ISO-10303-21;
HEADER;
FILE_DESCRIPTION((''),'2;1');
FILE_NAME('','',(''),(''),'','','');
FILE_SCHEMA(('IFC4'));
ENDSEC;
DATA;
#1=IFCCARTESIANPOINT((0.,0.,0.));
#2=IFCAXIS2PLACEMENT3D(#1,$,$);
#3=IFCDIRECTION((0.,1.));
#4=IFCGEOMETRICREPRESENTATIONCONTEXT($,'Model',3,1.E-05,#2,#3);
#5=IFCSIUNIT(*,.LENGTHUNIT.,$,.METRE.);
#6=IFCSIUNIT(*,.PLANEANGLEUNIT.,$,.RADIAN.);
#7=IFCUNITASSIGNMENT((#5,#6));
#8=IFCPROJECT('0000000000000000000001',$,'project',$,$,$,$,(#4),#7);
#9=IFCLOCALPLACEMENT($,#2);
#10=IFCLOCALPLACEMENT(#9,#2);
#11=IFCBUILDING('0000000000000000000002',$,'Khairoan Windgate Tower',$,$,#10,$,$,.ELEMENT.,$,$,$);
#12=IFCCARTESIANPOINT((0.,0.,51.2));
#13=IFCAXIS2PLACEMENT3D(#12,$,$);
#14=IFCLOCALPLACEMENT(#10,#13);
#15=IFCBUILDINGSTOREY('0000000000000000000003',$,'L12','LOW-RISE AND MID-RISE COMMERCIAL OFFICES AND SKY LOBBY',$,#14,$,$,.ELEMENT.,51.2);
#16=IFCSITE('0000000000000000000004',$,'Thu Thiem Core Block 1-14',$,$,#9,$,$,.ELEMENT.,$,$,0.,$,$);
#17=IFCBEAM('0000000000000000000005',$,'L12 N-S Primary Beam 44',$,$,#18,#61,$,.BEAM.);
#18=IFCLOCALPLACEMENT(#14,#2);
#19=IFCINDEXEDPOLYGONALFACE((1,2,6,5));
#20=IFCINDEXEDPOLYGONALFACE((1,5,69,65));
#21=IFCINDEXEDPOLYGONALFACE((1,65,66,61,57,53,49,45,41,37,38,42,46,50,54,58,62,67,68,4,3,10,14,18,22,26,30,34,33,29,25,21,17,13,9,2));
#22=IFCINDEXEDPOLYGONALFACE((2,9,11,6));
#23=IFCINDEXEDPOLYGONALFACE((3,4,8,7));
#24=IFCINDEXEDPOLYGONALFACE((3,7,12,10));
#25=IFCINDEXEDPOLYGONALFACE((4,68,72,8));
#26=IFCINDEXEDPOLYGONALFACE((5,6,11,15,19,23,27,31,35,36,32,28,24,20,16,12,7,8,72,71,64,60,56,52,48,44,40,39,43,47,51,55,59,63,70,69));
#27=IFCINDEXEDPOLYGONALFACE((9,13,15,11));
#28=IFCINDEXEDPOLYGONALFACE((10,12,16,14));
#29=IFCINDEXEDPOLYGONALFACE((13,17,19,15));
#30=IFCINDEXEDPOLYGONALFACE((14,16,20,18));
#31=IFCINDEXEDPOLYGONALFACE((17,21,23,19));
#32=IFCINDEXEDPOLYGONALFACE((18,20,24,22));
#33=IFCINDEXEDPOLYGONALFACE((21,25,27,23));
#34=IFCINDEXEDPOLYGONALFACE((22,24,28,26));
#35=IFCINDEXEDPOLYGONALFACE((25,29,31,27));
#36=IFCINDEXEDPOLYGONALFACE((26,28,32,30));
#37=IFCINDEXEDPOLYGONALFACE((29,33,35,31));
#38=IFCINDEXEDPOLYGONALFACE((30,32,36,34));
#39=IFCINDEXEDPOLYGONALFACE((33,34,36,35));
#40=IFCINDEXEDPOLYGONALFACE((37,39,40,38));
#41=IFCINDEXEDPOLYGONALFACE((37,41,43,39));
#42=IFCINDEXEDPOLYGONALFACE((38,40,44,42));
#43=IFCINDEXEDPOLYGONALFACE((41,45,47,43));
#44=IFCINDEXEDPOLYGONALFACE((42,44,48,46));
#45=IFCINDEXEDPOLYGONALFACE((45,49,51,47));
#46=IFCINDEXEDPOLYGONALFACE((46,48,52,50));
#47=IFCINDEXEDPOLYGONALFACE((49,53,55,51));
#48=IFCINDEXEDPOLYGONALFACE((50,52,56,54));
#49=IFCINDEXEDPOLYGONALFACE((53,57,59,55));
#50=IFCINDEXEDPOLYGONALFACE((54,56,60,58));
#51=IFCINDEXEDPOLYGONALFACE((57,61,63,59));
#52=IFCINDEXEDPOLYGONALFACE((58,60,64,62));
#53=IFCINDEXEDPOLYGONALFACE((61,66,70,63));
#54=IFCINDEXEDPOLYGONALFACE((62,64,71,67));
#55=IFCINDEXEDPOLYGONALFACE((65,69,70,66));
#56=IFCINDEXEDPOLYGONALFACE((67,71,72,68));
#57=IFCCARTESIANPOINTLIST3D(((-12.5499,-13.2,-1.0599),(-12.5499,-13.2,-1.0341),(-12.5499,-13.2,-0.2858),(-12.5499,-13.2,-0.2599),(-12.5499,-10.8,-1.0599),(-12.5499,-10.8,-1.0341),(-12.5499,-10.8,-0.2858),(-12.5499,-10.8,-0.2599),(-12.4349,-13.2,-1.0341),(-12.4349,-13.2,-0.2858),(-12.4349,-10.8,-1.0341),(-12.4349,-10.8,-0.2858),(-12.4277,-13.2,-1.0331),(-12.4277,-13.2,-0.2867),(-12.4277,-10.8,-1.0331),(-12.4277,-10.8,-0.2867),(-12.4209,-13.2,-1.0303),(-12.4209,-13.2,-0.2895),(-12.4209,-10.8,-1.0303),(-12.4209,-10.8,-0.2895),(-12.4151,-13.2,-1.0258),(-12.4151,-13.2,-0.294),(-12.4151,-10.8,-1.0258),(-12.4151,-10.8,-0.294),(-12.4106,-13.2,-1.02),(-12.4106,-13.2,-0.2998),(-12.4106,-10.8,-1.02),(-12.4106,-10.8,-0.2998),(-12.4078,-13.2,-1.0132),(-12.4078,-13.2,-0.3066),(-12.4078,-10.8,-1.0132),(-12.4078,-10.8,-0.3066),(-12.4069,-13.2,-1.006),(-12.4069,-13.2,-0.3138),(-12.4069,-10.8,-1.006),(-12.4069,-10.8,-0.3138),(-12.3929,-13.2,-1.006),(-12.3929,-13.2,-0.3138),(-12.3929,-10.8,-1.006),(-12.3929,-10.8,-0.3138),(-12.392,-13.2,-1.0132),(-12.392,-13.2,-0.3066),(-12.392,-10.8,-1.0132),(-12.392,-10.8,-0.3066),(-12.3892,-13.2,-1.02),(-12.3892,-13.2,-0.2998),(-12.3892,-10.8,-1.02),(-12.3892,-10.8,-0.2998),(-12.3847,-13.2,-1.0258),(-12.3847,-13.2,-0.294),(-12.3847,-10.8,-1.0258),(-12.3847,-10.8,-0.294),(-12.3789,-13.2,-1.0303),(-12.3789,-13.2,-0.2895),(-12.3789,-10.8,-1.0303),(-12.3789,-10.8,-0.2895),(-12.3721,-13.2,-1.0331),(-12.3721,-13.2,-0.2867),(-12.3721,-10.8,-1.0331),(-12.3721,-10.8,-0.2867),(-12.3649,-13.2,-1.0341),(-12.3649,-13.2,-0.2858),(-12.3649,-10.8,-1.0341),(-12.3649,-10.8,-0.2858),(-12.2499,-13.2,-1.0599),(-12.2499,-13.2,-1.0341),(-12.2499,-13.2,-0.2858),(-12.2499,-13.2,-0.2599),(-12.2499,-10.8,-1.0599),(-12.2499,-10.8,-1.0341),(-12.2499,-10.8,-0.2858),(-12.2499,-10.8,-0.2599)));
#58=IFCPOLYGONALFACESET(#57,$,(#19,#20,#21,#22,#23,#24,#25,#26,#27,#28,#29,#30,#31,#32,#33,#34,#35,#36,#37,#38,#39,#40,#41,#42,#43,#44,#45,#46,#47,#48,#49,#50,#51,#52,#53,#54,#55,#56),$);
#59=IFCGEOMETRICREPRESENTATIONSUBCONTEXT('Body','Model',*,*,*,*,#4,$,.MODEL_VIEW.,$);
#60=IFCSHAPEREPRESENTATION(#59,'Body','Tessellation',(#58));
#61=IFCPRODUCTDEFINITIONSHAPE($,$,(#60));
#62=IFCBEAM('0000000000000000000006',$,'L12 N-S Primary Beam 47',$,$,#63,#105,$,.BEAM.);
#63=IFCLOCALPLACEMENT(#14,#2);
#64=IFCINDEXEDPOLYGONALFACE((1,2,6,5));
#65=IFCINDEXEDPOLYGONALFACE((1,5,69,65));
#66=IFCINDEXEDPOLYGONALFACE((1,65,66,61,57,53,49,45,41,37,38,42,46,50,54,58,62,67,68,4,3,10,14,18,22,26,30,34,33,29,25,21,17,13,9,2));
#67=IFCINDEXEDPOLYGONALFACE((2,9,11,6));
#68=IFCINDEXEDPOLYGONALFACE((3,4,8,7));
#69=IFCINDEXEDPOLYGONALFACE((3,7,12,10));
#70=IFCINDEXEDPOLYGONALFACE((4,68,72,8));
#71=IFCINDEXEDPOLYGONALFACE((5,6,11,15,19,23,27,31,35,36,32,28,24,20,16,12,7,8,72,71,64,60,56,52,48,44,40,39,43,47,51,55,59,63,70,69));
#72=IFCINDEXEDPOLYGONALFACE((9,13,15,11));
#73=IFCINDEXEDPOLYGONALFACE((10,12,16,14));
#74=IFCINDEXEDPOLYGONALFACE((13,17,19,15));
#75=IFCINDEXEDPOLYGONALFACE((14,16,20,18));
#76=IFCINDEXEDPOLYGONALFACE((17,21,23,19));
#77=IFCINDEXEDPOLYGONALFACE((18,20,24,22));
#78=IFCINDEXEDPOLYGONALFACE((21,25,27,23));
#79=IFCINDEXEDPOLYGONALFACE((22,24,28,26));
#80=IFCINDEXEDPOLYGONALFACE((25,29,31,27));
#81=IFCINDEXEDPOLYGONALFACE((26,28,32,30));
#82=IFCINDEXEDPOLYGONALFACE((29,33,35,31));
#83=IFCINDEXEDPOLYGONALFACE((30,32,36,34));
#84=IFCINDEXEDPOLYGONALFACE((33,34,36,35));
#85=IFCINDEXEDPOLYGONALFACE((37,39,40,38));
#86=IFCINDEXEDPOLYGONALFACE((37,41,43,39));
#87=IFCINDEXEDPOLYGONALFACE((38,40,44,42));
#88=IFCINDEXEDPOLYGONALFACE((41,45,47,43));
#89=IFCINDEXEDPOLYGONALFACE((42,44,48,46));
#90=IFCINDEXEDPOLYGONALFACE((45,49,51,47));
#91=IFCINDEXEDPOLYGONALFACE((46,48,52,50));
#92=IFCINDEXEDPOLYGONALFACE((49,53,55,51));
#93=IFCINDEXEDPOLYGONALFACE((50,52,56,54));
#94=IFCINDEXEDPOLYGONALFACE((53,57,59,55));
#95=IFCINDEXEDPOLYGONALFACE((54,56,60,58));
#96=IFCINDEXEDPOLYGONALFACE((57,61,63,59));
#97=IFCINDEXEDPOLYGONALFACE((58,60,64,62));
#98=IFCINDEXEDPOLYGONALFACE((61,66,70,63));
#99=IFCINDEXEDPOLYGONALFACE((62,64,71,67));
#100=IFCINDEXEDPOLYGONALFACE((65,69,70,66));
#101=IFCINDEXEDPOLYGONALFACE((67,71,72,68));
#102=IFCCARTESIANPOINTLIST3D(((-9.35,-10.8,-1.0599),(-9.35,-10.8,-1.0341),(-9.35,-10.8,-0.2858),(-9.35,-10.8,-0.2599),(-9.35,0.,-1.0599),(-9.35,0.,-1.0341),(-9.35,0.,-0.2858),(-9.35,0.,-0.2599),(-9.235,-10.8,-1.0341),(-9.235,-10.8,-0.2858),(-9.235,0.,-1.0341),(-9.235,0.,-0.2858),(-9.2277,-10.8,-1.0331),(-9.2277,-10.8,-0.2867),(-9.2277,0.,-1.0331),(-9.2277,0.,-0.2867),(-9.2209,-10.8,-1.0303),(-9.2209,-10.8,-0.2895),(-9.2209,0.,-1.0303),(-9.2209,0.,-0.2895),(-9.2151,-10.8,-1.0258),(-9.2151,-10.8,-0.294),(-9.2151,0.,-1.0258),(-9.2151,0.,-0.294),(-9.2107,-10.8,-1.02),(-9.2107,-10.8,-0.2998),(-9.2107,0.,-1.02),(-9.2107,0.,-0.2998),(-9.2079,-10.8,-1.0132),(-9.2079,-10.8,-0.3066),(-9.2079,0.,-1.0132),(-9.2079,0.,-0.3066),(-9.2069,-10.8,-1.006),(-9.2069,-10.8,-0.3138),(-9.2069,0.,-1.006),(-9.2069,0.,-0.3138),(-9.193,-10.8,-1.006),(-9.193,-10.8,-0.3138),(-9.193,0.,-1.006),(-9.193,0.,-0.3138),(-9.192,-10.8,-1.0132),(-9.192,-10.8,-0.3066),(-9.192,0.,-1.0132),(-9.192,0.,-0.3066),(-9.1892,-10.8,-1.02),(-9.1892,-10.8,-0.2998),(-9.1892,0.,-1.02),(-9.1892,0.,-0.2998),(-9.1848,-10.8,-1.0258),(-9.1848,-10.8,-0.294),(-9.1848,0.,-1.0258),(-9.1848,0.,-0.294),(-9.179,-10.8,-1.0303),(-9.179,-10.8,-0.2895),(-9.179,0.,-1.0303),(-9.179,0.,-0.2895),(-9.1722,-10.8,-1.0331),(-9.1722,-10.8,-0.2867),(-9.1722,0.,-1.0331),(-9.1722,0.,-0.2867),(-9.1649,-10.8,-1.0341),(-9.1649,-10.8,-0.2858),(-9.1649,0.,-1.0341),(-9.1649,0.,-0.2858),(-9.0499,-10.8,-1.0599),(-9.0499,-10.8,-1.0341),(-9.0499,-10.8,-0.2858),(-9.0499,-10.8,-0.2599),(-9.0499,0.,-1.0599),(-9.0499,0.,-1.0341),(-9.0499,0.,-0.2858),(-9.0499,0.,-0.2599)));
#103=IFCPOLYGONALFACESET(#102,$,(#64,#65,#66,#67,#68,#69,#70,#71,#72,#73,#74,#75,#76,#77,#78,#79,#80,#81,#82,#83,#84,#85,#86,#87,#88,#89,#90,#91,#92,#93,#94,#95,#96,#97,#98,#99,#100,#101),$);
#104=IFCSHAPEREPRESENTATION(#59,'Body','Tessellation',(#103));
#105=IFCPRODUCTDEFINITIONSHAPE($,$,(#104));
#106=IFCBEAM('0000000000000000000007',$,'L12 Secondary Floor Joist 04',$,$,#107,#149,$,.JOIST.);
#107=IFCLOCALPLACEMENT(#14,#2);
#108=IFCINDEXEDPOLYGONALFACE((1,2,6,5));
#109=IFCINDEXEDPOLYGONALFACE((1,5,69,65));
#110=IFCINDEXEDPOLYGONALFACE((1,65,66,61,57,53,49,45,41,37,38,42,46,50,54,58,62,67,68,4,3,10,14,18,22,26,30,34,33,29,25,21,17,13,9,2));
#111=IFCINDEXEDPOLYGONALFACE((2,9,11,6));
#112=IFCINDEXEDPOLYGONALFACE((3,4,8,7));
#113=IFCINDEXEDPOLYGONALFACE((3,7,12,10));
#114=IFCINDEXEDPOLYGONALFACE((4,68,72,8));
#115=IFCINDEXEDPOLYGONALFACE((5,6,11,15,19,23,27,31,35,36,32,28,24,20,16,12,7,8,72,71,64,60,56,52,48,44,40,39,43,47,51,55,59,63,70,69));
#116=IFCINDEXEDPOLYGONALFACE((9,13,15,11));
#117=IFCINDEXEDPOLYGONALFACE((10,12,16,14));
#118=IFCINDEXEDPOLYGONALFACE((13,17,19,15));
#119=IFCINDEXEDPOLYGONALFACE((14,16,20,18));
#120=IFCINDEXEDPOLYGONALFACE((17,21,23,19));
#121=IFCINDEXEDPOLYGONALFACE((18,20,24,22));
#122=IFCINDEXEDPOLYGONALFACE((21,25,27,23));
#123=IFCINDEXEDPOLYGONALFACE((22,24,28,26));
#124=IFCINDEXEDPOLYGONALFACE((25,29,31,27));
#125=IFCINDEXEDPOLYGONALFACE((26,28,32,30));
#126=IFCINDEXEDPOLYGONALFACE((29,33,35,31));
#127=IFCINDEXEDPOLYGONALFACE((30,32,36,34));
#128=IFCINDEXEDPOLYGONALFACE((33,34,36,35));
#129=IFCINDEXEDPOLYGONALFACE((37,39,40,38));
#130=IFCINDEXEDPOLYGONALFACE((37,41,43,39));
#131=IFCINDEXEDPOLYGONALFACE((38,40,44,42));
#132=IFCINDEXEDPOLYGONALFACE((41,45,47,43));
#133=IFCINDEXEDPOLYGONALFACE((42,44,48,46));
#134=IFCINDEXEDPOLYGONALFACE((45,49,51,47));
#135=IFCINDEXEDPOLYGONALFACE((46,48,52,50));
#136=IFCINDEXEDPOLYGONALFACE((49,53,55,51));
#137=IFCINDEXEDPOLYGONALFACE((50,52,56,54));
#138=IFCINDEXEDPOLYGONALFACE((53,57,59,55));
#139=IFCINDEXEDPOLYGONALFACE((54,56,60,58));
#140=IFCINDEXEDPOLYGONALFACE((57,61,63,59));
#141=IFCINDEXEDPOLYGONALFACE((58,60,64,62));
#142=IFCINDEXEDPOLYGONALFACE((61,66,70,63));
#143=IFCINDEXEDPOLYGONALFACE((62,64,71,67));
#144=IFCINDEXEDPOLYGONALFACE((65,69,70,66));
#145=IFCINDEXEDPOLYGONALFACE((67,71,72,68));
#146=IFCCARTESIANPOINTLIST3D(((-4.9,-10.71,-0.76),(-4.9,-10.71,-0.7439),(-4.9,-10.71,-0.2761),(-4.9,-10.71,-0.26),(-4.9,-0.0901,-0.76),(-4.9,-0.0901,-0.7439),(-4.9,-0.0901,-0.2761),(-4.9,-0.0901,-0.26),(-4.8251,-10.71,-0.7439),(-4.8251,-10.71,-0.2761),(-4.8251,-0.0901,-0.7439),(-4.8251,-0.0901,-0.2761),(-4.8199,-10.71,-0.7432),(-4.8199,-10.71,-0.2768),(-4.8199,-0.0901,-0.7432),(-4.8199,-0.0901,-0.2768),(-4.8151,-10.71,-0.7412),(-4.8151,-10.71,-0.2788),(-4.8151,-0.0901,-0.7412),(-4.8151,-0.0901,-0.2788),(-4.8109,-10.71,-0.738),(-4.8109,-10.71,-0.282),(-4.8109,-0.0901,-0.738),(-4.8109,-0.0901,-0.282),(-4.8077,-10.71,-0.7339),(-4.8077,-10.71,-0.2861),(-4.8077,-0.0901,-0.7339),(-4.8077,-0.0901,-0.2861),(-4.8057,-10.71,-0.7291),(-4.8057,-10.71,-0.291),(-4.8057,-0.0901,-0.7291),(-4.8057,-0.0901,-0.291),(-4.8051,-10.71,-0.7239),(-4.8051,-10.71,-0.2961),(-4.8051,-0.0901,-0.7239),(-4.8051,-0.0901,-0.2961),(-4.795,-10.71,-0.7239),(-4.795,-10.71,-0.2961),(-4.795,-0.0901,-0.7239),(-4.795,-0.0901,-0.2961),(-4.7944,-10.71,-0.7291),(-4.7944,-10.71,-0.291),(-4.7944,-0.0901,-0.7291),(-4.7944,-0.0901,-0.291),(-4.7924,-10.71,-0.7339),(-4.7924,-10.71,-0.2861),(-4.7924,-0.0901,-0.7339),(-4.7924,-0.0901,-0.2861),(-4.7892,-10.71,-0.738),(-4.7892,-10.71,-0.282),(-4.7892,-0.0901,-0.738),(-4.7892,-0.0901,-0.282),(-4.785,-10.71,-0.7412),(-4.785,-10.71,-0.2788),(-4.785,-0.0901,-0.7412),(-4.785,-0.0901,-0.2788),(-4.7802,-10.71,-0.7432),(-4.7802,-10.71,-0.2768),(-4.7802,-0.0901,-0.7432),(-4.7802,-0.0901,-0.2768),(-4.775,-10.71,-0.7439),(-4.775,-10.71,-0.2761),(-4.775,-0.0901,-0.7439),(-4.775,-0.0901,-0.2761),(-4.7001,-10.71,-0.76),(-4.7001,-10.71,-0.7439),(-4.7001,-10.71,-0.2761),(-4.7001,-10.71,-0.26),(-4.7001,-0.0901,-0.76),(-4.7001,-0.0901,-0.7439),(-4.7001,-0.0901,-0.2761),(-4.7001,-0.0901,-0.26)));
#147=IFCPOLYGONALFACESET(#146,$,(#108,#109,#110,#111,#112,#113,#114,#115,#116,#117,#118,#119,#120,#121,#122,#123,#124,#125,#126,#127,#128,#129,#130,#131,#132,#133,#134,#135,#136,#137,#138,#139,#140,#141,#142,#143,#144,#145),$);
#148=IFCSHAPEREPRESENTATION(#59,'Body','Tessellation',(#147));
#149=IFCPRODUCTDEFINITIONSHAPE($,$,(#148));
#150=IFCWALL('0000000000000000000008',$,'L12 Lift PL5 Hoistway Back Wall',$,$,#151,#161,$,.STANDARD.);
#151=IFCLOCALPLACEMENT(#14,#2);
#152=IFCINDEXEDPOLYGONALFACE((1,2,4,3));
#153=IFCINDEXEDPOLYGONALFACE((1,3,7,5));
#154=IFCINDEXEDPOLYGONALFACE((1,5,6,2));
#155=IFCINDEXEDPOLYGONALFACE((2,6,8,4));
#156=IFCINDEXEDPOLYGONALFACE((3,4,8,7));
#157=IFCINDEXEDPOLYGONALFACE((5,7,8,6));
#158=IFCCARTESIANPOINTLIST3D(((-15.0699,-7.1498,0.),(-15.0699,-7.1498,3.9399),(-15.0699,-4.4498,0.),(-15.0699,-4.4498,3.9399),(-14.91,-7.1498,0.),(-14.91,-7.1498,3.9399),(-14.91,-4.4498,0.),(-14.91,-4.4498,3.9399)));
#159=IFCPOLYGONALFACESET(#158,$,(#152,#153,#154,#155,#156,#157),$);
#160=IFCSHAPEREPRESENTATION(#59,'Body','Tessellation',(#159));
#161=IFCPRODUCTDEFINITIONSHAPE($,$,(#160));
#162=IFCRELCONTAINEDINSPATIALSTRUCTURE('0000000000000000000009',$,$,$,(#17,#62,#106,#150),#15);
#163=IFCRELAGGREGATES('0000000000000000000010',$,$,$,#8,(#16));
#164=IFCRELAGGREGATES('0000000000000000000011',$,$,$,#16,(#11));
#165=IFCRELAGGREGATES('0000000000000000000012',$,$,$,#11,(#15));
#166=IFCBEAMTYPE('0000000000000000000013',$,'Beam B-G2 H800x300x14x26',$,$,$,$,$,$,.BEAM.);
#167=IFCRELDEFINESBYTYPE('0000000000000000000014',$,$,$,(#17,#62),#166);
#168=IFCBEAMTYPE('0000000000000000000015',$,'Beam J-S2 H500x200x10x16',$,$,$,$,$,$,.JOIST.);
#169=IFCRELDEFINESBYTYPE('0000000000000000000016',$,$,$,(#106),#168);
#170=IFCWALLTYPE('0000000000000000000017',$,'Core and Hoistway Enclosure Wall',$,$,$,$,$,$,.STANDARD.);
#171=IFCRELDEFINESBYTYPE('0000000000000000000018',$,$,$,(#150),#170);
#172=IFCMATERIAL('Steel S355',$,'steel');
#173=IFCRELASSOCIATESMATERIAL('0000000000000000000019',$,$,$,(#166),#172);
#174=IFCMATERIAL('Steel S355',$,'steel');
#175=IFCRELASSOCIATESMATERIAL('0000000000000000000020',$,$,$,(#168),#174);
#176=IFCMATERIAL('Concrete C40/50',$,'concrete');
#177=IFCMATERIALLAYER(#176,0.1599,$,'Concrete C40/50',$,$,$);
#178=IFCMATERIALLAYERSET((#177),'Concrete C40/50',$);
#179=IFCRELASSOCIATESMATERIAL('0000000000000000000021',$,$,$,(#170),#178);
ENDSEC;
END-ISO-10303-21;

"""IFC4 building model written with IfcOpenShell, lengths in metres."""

from ifc_helpers import new_model, si_unit, direction, frame, frame_2d, origin, origin_2d, place, context, subcontext, project, spatial, rectangle, i_section, extrude, material, layer, layer_set, material_profile, profile_set, type_object, element, save


model = new_model("IFC4")

# Units and contexts
model_context = context("Model", 3, precision=1e-05, world=origin(), true_north=direction((0.0, 1.0)))
body_context = subcontext(model_context, "Body", "Model", "MODEL_VIEW")
ifc_project = project(units=[si_unit("LENGTHUNIT", "METRE"), si_unit("PLANEANGLEUNIT", "RADIAN")], contexts=[model_context])

# Site, building, storey
site_placement = place(None, origin())
site = spatial("IfcSite", under=ifc_project, at=site_placement, Name="Thu Thiem Core Block 1-14", CompositionType="ELEMENT", RefElevation=0.0)
building_placement = place(site_placement, origin())
building = spatial("IfcBuilding", under=site, at=building_placement, Name="Khairoan Windgate Tower", CompositionType="ELEMENT")
storey_placement = place(building_placement, frame((0.0, 0.0, 51.2)))
storey = spatial("IfcBuildingStorey", under=building, at=storey_placement, Name="L12", Description="LOW-RISE AND MID-RISE COMMERCIAL OFFICES AND SKY LOBBY", CompositionType="ELEMENT", Elevation=51.2)

# Beams
ifc_material_1 = material(Name="Steel S355", Category="steel")
ifc_material_profile_1 = material_profile(ifc_material_1, i_section(OverallWidth=0.3, OverallDepth=0.8, WebThickness=0.0139, FlangeThickness=0.0259, FilletRadius=0.0281, at=origin_2d()))
ifc_profile_set_1 = profile_set([ifc_material_profile_1], Name="Steel S355")
beam_type_1 = type_object("IfcBeamType", Name="Beam B-G2 H800x300x14x26", PredefinedType="BEAM", material=ifc_profile_set_1)
beam_1_placement = place(storey_placement, frame((-12.3999, -13.2, -0.6599), z_axis=(0.0, 1.0, 0.0), x_axis=(-1.0, 0.0, 0.0)))
element("IfcBeam", 1, at=beam_1_placement, inside=storey, type_object=beam_type_1, Name="L12 N-S Primary Beam 44", PredefinedType="BEAM", context=body_context, shape_type="SweptSolid", body=[
    extrude(i_section(OverallWidth=0.3, OverallDepth=0.8, WebThickness=0.0139, FlangeThickness=0.0259, FilletRadius=0.0281, at=origin_2d()), origin(), (0.0, 0.0, 1.0), 2.3999),
])
beam_2_placement = place(storey_placement, frame((-9.2, -10.8, -0.6599), z_axis=(0.0, 1.0, 0.0), x_axis=(-1.0, 0.0, 0.0)))
element("IfcBeam", 2, at=beam_2_placement, inside=storey, type_object=beam_type_1, Name="L12 N-S Primary Beam 47", PredefinedType="BEAM", context=body_context, shape_type="SweptSolid", body=[
    extrude(i_section(OverallWidth=0.3, OverallDepth=0.8, WebThickness=0.0139, FlangeThickness=0.0259, FilletRadius=0.0281, at=origin_2d()), origin(), (0.0, 0.0, 1.0), 10.8),
])
ifc_material_2 = material(Name="Steel S355", Category="steel")
ifc_material_profile_2 = material_profile(ifc_material_2, i_section(OverallWidth=0.2, OverallDepth=0.5, WebThickness=0.01, FlangeThickness=0.0161, FilletRadius=0.02, at=origin_2d()))
ifc_profile_set_2 = profile_set([ifc_material_profile_2], Name="Steel S355")
beam_type_2 = type_object("IfcBeamType", Name="Beam J-S2 H500x200x10x16", PredefinedType="JOIST", material=ifc_profile_set_2)
beam_3_placement = place(storey_placement, frame((-4.8, -10.71, -0.51), z_axis=(0.0, 1.0, 0.0), x_axis=(-1.0, 0.0, 0.0)))
element("IfcBeam", 3, at=beam_3_placement, inside=storey, type_object=beam_type_2, Name="L12 Secondary Floor Joist 04", PredefinedType="JOIST", context=body_context, shape_type="SweptSolid", body=[
    extrude(i_section(OverallWidth=0.2, OverallDepth=0.5, WebThickness=0.01, FlangeThickness=0.0161, FilletRadius=0.02, at=origin_2d()), origin(), (0.0, 0.0, 1.0), 10.6199),
])

# Wall
ifc_material_3 = material(Name="Concrete C40/50", Category="concrete")
ifc_layer_1 = layer(ifc_material_3, 0.1599, Name="Concrete C40/50")
ifc_layer_set_1 = layer_set([ifc_layer_1], Name="Concrete C40/50")
wall_type_1 = type_object("IfcWallType", Name="Core and Hoistway Enclosure Wall", PredefinedType="STANDARD", material=ifc_layer_set_1)
wall_1_placement = place(storey_placement, frame((-14.99, -7.1499, 0.0), z_axis=(0.0, 0.0, 1.0), x_axis=(0.0, 1.0, 0.0)))
element("IfcWall", 4, at=wall_1_placement, inside=storey, type_object=wall_type_1, Name="L12 Lift PL5 Hoistway Back Wall", PredefinedType="STANDARD", context=body_context, shape_type="SweptSolid", body=[
    extrude(rectangle(XDim=2.7, YDim=0.1599, at=frame_2d((1.3501, 0.0))), origin(), (0.0, 0.0, 1.0), 3.9399),
])

save(model, "model.ifc")
